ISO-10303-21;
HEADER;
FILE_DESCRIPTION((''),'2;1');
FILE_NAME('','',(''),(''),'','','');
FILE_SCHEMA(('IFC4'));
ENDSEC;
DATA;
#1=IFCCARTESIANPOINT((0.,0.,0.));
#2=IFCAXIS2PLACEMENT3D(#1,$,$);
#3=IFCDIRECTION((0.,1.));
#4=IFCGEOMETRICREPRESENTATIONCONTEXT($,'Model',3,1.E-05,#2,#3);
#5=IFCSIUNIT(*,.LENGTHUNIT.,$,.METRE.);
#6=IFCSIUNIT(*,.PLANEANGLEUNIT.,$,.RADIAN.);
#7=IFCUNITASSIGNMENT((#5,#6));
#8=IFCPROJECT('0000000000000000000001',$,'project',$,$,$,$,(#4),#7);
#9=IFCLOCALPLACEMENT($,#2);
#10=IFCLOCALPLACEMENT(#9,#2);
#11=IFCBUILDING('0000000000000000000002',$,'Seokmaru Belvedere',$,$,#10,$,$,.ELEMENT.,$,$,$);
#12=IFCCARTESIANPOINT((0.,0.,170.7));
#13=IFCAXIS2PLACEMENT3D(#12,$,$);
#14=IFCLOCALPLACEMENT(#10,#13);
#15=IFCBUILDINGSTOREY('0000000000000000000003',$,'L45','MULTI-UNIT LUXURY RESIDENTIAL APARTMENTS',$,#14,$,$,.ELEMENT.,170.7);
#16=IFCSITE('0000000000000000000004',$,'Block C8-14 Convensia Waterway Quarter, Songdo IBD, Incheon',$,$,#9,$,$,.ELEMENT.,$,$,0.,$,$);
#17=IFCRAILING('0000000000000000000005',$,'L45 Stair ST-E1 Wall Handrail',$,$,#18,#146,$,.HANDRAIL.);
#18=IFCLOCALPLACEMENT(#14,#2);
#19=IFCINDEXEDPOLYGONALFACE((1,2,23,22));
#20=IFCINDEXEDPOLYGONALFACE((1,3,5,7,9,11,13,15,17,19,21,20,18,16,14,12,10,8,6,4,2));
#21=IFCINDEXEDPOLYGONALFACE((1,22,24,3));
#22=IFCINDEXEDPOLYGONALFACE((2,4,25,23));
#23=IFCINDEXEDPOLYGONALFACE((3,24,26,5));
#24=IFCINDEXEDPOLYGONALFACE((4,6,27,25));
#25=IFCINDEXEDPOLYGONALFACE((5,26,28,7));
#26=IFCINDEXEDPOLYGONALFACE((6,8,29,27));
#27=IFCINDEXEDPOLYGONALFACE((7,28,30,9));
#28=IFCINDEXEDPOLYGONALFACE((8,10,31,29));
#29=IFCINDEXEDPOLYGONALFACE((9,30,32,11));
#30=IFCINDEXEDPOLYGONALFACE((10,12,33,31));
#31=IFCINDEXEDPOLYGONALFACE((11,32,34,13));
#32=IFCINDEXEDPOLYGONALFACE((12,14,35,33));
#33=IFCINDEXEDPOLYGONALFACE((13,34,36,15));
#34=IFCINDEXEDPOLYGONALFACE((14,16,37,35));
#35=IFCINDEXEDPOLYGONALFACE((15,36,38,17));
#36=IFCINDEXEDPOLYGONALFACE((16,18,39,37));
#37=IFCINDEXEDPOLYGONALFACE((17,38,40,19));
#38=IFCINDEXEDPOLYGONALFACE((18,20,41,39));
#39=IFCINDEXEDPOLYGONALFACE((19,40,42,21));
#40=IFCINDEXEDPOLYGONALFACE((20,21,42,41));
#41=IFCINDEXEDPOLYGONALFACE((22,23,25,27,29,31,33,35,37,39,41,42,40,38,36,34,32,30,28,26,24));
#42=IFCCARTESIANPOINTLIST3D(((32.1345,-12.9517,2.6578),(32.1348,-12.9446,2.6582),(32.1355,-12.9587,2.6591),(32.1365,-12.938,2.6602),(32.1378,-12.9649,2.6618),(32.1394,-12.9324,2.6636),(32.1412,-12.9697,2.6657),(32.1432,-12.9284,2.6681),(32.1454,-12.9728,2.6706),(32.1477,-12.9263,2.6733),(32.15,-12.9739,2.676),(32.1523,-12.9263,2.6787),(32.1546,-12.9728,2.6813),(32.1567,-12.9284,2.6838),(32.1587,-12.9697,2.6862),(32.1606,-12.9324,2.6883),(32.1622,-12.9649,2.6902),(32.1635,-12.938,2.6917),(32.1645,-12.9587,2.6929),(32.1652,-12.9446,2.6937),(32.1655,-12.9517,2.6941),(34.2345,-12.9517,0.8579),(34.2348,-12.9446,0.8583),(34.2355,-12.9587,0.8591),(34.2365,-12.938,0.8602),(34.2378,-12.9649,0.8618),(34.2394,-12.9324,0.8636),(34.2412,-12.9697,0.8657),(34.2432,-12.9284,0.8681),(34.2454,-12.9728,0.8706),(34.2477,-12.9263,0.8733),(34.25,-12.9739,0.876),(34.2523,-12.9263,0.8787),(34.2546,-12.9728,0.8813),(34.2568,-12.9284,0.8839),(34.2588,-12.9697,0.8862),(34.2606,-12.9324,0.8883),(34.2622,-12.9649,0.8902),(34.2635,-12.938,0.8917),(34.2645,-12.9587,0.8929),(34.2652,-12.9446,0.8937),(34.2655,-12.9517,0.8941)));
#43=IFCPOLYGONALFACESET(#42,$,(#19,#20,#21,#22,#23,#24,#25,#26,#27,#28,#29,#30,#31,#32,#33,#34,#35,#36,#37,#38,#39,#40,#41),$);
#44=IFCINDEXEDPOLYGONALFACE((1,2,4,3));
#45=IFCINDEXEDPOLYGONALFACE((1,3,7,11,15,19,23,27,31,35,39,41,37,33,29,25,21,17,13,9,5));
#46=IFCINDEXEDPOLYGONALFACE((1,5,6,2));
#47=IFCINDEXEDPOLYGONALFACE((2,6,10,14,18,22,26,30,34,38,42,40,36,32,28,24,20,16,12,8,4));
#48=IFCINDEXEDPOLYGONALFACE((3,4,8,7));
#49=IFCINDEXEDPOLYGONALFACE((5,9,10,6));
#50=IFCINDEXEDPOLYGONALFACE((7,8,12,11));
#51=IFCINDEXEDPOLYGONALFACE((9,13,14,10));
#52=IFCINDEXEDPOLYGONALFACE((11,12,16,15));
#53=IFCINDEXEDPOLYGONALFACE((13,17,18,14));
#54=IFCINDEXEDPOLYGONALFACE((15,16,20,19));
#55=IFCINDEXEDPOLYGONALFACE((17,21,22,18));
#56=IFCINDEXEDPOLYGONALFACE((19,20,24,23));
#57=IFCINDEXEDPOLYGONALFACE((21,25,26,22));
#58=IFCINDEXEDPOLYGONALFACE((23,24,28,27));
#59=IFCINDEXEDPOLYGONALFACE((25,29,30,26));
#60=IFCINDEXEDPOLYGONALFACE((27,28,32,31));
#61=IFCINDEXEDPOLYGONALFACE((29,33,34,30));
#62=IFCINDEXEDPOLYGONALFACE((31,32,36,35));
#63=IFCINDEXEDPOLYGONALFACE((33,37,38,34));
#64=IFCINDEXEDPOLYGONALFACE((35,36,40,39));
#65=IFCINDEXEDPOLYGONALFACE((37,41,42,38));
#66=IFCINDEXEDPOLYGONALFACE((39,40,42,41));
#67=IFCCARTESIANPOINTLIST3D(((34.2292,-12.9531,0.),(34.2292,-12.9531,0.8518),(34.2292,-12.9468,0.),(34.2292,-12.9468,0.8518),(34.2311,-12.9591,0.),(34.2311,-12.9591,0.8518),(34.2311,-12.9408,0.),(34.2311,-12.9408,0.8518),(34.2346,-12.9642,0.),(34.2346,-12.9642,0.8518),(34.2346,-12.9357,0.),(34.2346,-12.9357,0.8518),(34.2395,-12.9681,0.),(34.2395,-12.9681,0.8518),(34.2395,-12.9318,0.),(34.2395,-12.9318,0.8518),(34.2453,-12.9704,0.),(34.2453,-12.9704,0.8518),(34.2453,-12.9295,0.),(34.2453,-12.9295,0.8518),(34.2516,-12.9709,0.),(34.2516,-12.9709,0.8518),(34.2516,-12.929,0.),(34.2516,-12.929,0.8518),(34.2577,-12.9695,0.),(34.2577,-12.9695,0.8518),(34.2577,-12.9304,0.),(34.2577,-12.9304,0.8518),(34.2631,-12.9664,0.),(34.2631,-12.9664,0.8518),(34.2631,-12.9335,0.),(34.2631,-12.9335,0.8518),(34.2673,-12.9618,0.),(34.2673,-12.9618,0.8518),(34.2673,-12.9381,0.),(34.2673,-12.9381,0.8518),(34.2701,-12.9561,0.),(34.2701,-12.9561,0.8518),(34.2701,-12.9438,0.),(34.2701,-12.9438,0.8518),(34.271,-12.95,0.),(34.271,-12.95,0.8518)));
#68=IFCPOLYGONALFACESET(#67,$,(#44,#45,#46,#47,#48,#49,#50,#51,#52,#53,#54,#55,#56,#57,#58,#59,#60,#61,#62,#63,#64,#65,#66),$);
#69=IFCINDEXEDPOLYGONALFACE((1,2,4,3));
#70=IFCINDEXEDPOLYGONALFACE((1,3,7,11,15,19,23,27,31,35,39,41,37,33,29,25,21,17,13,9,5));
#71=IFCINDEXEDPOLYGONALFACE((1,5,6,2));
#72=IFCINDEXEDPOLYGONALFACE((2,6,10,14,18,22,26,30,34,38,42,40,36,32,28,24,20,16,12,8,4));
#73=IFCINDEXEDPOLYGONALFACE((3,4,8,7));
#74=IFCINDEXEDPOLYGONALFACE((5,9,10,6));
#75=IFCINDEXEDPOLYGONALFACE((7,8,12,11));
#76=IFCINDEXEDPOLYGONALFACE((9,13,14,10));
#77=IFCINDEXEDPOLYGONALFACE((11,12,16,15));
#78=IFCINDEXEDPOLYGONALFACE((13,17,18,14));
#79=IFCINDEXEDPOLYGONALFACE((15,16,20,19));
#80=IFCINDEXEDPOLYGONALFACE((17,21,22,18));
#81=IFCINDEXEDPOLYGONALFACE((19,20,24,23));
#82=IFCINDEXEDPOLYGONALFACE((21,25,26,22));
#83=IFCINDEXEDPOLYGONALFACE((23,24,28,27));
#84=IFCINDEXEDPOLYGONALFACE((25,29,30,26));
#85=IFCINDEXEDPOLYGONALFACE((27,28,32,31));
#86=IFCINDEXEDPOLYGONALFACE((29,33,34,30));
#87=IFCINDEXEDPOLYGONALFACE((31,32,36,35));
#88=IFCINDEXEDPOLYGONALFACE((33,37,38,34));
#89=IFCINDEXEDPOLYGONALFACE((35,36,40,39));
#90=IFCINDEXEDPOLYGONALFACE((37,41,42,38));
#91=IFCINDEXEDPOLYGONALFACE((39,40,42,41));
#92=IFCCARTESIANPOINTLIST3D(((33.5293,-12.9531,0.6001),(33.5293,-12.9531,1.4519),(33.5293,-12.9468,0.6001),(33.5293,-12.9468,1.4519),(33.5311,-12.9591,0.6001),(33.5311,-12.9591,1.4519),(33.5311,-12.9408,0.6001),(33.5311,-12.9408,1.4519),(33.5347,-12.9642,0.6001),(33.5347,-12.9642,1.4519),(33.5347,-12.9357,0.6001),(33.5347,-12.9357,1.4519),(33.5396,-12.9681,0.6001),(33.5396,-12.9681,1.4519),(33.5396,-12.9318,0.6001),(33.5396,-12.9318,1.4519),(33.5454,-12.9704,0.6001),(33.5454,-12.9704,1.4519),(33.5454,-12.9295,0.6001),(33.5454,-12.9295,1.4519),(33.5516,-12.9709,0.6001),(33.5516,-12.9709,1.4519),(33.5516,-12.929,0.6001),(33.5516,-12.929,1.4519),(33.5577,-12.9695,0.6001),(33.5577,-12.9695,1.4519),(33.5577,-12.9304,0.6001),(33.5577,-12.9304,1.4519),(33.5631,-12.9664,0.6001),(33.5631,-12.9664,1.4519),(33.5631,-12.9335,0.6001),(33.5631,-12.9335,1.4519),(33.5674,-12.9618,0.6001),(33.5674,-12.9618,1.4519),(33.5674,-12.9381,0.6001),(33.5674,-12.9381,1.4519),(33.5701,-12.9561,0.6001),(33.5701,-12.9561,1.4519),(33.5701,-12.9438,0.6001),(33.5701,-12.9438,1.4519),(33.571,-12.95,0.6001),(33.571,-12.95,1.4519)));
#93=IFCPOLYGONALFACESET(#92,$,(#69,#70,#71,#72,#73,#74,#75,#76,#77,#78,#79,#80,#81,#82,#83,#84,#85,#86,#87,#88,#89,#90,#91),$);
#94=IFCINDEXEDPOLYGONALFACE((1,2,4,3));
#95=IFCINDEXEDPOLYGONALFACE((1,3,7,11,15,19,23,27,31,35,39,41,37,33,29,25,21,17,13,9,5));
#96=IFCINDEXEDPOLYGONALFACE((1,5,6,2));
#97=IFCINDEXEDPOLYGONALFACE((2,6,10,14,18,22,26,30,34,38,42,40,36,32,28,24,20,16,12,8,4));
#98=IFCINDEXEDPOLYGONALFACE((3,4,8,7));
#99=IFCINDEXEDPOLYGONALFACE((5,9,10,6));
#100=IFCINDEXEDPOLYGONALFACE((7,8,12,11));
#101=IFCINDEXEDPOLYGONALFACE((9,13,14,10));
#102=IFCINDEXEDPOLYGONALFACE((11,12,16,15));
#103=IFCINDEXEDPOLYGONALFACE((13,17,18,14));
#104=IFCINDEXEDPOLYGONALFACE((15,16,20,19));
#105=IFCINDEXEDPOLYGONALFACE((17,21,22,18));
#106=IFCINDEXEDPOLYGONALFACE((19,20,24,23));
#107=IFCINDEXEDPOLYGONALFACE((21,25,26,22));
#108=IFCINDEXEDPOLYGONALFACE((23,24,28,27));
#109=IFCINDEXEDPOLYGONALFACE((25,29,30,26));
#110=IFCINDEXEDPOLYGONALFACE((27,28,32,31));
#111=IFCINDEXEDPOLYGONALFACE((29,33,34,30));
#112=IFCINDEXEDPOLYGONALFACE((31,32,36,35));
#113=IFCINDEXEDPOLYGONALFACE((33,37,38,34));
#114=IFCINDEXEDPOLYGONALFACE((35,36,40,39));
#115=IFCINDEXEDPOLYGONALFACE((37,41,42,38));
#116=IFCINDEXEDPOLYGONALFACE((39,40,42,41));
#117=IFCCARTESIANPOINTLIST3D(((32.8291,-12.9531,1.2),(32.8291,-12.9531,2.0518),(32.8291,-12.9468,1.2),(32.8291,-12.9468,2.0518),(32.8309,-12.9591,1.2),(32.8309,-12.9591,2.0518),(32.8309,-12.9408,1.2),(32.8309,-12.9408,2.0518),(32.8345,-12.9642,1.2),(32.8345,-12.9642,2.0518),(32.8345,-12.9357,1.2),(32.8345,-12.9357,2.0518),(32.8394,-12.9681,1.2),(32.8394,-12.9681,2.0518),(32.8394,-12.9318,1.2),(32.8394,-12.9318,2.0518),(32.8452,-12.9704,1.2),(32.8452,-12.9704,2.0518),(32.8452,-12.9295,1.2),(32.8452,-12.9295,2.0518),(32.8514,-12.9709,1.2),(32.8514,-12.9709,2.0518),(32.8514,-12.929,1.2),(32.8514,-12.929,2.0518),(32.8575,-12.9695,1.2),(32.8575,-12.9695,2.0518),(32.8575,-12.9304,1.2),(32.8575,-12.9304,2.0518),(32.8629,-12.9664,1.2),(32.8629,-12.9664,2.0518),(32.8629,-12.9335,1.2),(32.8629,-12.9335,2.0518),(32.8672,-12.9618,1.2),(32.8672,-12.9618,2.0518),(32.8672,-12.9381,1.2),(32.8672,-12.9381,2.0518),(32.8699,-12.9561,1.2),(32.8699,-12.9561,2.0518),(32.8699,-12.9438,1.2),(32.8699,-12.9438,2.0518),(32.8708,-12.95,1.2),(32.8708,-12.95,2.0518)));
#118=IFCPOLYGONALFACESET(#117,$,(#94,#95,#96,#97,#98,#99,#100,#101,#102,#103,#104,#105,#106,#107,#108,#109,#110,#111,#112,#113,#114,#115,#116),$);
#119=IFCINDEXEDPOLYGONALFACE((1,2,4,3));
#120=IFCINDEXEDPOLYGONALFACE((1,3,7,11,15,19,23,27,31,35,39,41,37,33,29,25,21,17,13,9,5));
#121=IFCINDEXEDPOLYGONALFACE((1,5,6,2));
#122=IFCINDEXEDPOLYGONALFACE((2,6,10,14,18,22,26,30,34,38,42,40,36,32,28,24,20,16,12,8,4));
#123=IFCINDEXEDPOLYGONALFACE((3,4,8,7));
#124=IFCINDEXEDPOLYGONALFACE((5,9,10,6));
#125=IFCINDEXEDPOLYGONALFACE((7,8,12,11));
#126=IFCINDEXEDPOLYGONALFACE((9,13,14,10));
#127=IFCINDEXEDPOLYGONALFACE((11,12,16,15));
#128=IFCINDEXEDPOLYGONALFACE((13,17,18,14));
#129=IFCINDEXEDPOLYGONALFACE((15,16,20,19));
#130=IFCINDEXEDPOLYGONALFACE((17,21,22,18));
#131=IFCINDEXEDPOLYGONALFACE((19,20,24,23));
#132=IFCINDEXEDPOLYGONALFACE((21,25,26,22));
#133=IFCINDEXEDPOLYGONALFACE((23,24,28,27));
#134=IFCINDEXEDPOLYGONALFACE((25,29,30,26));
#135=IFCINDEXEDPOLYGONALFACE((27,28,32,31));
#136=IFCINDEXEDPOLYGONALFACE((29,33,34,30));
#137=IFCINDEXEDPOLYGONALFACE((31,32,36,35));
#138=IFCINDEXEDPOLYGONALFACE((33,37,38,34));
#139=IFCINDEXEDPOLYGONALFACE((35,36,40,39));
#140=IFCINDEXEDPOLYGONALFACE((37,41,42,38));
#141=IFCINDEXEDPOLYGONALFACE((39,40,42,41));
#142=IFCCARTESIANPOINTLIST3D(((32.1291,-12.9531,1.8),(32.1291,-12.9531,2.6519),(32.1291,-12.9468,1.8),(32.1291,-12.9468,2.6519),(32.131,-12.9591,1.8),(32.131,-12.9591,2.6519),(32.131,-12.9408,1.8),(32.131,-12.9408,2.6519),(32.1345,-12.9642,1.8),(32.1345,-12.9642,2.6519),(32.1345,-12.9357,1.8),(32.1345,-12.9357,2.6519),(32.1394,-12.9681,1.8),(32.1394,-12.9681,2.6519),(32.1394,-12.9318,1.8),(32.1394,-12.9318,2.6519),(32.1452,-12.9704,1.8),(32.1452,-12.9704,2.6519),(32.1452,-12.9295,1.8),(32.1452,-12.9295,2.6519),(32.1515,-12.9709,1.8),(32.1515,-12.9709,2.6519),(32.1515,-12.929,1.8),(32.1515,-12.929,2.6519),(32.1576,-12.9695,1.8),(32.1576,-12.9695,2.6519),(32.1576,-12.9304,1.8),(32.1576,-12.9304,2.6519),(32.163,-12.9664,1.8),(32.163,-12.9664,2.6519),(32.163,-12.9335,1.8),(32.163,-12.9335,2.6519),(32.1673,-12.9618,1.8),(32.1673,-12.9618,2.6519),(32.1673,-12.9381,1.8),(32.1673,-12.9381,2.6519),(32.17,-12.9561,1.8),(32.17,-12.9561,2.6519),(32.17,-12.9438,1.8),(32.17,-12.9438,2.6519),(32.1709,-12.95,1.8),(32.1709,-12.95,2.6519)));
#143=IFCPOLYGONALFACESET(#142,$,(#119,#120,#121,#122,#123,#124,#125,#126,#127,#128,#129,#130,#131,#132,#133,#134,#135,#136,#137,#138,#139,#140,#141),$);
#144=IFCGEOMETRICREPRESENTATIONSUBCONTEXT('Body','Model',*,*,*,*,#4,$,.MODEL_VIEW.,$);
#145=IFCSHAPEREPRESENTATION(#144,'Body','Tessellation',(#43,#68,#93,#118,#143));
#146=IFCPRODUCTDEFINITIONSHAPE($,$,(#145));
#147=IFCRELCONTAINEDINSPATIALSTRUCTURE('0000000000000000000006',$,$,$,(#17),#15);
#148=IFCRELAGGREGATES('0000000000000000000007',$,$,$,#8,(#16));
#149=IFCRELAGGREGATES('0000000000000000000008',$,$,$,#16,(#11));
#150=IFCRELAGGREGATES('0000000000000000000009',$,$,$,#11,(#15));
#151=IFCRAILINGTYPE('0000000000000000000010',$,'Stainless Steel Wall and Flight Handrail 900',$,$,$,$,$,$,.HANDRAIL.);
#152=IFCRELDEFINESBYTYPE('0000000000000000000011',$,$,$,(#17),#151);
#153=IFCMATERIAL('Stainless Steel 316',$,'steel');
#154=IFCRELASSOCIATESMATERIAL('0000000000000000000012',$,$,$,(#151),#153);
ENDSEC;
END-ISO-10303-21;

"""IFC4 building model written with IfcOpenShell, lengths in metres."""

from ifc_helpers import new_model, si_unit, direction, frame, origin, origin_2d, place, context, subcontext, project, spatial, circle, extrude, material, type_object, element, save


model = new_model("IFC4")

# Units and contexts
model_context = context("Model", 3, precision=1e-05, world=origin(), true_north=direction((0.0, 1.0)))
body_context = subcontext(model_context, "Body", "Model", "MODEL_VIEW")
ifc_project = project(units=[si_unit("LENGTHUNIT", "METRE"), si_unit("PLANEANGLEUNIT", "RADIAN")], contexts=[model_context])

# Site, building, storey
site_placement = place(None, origin())
site = spatial("IfcSite", under=ifc_project, at=site_placement, Name="Block C8-14 Convensia Waterway Quarter, Songdo IBD, Incheon", CompositionType="ELEMENT", RefElevation=0.0)
building_placement = place(site_placement, origin())
building = spatial("IfcBuilding", under=site, at=building_placement, Name="Seokmaru Belvedere", CompositionType="ELEMENT")
storey_placement = place(building_placement, frame((0.0, 0.0, 170.7)))
storey = spatial("IfcBuildingStorey", under=building, at=storey_placement, Name="L45", Description="MULTI-UNIT LUXURY RESIDENTIAL APARTMENTS", CompositionType="ELEMENT", Elevation=170.7)

# Shared definitions
ifc_material_1 = material(Name="Stainless Steel 316", Category="steel")

# Railing
railing_type_1 = type_object("IfcRailingType", Name="Stainless Steel Wall and Flight Handrail 900", PredefinedType="HANDRAIL", material=ifc_material_1)
railing_1_placement = place(storey_placement, frame((34.25, -12.95, 0.0)))
element("IfcRailing", 1, at=railing_1_placement, inside=storey, type_object=railing_type_1, Name="L45 Stair ST-E1 Wall Handrail", PredefinedType="HANDRAIL", context=body_context, shape_type="SweptSolid", body=[
    extrude(circle(Radius=0.0239, at=origin_2d()), frame((0.0, 0.0, 0.876), z_axis=(-0.759263, 0.0, 0.650784), x_axis=(0.0, -1.0, 0.0)), (0.0, 0.0, 1.0), 2.7659),
    extrude(circle(Radius=0.021, at=origin_2d()), origin(), (0.0, 0.0, 1.0), 0.8518),
    extrude(circle(Radius=0.021, at=origin_2d()), frame((-0.7, 0.0, 0.6001)), (0.0, 0.0, 1.0), 0.8518),
    extrude(circle(Radius=0.021, at=origin_2d()), frame((-1.4001, 0.0, 1.2)), (0.0, 0.0, 1.0), 0.8518),
    extrude(circle(Radius=0.021, at=origin_2d()), frame((-2.1001, 0.0, 1.8)), (0.0, 0.0, 1.0), 0.8518),
])

save(model, "model.ifc")
